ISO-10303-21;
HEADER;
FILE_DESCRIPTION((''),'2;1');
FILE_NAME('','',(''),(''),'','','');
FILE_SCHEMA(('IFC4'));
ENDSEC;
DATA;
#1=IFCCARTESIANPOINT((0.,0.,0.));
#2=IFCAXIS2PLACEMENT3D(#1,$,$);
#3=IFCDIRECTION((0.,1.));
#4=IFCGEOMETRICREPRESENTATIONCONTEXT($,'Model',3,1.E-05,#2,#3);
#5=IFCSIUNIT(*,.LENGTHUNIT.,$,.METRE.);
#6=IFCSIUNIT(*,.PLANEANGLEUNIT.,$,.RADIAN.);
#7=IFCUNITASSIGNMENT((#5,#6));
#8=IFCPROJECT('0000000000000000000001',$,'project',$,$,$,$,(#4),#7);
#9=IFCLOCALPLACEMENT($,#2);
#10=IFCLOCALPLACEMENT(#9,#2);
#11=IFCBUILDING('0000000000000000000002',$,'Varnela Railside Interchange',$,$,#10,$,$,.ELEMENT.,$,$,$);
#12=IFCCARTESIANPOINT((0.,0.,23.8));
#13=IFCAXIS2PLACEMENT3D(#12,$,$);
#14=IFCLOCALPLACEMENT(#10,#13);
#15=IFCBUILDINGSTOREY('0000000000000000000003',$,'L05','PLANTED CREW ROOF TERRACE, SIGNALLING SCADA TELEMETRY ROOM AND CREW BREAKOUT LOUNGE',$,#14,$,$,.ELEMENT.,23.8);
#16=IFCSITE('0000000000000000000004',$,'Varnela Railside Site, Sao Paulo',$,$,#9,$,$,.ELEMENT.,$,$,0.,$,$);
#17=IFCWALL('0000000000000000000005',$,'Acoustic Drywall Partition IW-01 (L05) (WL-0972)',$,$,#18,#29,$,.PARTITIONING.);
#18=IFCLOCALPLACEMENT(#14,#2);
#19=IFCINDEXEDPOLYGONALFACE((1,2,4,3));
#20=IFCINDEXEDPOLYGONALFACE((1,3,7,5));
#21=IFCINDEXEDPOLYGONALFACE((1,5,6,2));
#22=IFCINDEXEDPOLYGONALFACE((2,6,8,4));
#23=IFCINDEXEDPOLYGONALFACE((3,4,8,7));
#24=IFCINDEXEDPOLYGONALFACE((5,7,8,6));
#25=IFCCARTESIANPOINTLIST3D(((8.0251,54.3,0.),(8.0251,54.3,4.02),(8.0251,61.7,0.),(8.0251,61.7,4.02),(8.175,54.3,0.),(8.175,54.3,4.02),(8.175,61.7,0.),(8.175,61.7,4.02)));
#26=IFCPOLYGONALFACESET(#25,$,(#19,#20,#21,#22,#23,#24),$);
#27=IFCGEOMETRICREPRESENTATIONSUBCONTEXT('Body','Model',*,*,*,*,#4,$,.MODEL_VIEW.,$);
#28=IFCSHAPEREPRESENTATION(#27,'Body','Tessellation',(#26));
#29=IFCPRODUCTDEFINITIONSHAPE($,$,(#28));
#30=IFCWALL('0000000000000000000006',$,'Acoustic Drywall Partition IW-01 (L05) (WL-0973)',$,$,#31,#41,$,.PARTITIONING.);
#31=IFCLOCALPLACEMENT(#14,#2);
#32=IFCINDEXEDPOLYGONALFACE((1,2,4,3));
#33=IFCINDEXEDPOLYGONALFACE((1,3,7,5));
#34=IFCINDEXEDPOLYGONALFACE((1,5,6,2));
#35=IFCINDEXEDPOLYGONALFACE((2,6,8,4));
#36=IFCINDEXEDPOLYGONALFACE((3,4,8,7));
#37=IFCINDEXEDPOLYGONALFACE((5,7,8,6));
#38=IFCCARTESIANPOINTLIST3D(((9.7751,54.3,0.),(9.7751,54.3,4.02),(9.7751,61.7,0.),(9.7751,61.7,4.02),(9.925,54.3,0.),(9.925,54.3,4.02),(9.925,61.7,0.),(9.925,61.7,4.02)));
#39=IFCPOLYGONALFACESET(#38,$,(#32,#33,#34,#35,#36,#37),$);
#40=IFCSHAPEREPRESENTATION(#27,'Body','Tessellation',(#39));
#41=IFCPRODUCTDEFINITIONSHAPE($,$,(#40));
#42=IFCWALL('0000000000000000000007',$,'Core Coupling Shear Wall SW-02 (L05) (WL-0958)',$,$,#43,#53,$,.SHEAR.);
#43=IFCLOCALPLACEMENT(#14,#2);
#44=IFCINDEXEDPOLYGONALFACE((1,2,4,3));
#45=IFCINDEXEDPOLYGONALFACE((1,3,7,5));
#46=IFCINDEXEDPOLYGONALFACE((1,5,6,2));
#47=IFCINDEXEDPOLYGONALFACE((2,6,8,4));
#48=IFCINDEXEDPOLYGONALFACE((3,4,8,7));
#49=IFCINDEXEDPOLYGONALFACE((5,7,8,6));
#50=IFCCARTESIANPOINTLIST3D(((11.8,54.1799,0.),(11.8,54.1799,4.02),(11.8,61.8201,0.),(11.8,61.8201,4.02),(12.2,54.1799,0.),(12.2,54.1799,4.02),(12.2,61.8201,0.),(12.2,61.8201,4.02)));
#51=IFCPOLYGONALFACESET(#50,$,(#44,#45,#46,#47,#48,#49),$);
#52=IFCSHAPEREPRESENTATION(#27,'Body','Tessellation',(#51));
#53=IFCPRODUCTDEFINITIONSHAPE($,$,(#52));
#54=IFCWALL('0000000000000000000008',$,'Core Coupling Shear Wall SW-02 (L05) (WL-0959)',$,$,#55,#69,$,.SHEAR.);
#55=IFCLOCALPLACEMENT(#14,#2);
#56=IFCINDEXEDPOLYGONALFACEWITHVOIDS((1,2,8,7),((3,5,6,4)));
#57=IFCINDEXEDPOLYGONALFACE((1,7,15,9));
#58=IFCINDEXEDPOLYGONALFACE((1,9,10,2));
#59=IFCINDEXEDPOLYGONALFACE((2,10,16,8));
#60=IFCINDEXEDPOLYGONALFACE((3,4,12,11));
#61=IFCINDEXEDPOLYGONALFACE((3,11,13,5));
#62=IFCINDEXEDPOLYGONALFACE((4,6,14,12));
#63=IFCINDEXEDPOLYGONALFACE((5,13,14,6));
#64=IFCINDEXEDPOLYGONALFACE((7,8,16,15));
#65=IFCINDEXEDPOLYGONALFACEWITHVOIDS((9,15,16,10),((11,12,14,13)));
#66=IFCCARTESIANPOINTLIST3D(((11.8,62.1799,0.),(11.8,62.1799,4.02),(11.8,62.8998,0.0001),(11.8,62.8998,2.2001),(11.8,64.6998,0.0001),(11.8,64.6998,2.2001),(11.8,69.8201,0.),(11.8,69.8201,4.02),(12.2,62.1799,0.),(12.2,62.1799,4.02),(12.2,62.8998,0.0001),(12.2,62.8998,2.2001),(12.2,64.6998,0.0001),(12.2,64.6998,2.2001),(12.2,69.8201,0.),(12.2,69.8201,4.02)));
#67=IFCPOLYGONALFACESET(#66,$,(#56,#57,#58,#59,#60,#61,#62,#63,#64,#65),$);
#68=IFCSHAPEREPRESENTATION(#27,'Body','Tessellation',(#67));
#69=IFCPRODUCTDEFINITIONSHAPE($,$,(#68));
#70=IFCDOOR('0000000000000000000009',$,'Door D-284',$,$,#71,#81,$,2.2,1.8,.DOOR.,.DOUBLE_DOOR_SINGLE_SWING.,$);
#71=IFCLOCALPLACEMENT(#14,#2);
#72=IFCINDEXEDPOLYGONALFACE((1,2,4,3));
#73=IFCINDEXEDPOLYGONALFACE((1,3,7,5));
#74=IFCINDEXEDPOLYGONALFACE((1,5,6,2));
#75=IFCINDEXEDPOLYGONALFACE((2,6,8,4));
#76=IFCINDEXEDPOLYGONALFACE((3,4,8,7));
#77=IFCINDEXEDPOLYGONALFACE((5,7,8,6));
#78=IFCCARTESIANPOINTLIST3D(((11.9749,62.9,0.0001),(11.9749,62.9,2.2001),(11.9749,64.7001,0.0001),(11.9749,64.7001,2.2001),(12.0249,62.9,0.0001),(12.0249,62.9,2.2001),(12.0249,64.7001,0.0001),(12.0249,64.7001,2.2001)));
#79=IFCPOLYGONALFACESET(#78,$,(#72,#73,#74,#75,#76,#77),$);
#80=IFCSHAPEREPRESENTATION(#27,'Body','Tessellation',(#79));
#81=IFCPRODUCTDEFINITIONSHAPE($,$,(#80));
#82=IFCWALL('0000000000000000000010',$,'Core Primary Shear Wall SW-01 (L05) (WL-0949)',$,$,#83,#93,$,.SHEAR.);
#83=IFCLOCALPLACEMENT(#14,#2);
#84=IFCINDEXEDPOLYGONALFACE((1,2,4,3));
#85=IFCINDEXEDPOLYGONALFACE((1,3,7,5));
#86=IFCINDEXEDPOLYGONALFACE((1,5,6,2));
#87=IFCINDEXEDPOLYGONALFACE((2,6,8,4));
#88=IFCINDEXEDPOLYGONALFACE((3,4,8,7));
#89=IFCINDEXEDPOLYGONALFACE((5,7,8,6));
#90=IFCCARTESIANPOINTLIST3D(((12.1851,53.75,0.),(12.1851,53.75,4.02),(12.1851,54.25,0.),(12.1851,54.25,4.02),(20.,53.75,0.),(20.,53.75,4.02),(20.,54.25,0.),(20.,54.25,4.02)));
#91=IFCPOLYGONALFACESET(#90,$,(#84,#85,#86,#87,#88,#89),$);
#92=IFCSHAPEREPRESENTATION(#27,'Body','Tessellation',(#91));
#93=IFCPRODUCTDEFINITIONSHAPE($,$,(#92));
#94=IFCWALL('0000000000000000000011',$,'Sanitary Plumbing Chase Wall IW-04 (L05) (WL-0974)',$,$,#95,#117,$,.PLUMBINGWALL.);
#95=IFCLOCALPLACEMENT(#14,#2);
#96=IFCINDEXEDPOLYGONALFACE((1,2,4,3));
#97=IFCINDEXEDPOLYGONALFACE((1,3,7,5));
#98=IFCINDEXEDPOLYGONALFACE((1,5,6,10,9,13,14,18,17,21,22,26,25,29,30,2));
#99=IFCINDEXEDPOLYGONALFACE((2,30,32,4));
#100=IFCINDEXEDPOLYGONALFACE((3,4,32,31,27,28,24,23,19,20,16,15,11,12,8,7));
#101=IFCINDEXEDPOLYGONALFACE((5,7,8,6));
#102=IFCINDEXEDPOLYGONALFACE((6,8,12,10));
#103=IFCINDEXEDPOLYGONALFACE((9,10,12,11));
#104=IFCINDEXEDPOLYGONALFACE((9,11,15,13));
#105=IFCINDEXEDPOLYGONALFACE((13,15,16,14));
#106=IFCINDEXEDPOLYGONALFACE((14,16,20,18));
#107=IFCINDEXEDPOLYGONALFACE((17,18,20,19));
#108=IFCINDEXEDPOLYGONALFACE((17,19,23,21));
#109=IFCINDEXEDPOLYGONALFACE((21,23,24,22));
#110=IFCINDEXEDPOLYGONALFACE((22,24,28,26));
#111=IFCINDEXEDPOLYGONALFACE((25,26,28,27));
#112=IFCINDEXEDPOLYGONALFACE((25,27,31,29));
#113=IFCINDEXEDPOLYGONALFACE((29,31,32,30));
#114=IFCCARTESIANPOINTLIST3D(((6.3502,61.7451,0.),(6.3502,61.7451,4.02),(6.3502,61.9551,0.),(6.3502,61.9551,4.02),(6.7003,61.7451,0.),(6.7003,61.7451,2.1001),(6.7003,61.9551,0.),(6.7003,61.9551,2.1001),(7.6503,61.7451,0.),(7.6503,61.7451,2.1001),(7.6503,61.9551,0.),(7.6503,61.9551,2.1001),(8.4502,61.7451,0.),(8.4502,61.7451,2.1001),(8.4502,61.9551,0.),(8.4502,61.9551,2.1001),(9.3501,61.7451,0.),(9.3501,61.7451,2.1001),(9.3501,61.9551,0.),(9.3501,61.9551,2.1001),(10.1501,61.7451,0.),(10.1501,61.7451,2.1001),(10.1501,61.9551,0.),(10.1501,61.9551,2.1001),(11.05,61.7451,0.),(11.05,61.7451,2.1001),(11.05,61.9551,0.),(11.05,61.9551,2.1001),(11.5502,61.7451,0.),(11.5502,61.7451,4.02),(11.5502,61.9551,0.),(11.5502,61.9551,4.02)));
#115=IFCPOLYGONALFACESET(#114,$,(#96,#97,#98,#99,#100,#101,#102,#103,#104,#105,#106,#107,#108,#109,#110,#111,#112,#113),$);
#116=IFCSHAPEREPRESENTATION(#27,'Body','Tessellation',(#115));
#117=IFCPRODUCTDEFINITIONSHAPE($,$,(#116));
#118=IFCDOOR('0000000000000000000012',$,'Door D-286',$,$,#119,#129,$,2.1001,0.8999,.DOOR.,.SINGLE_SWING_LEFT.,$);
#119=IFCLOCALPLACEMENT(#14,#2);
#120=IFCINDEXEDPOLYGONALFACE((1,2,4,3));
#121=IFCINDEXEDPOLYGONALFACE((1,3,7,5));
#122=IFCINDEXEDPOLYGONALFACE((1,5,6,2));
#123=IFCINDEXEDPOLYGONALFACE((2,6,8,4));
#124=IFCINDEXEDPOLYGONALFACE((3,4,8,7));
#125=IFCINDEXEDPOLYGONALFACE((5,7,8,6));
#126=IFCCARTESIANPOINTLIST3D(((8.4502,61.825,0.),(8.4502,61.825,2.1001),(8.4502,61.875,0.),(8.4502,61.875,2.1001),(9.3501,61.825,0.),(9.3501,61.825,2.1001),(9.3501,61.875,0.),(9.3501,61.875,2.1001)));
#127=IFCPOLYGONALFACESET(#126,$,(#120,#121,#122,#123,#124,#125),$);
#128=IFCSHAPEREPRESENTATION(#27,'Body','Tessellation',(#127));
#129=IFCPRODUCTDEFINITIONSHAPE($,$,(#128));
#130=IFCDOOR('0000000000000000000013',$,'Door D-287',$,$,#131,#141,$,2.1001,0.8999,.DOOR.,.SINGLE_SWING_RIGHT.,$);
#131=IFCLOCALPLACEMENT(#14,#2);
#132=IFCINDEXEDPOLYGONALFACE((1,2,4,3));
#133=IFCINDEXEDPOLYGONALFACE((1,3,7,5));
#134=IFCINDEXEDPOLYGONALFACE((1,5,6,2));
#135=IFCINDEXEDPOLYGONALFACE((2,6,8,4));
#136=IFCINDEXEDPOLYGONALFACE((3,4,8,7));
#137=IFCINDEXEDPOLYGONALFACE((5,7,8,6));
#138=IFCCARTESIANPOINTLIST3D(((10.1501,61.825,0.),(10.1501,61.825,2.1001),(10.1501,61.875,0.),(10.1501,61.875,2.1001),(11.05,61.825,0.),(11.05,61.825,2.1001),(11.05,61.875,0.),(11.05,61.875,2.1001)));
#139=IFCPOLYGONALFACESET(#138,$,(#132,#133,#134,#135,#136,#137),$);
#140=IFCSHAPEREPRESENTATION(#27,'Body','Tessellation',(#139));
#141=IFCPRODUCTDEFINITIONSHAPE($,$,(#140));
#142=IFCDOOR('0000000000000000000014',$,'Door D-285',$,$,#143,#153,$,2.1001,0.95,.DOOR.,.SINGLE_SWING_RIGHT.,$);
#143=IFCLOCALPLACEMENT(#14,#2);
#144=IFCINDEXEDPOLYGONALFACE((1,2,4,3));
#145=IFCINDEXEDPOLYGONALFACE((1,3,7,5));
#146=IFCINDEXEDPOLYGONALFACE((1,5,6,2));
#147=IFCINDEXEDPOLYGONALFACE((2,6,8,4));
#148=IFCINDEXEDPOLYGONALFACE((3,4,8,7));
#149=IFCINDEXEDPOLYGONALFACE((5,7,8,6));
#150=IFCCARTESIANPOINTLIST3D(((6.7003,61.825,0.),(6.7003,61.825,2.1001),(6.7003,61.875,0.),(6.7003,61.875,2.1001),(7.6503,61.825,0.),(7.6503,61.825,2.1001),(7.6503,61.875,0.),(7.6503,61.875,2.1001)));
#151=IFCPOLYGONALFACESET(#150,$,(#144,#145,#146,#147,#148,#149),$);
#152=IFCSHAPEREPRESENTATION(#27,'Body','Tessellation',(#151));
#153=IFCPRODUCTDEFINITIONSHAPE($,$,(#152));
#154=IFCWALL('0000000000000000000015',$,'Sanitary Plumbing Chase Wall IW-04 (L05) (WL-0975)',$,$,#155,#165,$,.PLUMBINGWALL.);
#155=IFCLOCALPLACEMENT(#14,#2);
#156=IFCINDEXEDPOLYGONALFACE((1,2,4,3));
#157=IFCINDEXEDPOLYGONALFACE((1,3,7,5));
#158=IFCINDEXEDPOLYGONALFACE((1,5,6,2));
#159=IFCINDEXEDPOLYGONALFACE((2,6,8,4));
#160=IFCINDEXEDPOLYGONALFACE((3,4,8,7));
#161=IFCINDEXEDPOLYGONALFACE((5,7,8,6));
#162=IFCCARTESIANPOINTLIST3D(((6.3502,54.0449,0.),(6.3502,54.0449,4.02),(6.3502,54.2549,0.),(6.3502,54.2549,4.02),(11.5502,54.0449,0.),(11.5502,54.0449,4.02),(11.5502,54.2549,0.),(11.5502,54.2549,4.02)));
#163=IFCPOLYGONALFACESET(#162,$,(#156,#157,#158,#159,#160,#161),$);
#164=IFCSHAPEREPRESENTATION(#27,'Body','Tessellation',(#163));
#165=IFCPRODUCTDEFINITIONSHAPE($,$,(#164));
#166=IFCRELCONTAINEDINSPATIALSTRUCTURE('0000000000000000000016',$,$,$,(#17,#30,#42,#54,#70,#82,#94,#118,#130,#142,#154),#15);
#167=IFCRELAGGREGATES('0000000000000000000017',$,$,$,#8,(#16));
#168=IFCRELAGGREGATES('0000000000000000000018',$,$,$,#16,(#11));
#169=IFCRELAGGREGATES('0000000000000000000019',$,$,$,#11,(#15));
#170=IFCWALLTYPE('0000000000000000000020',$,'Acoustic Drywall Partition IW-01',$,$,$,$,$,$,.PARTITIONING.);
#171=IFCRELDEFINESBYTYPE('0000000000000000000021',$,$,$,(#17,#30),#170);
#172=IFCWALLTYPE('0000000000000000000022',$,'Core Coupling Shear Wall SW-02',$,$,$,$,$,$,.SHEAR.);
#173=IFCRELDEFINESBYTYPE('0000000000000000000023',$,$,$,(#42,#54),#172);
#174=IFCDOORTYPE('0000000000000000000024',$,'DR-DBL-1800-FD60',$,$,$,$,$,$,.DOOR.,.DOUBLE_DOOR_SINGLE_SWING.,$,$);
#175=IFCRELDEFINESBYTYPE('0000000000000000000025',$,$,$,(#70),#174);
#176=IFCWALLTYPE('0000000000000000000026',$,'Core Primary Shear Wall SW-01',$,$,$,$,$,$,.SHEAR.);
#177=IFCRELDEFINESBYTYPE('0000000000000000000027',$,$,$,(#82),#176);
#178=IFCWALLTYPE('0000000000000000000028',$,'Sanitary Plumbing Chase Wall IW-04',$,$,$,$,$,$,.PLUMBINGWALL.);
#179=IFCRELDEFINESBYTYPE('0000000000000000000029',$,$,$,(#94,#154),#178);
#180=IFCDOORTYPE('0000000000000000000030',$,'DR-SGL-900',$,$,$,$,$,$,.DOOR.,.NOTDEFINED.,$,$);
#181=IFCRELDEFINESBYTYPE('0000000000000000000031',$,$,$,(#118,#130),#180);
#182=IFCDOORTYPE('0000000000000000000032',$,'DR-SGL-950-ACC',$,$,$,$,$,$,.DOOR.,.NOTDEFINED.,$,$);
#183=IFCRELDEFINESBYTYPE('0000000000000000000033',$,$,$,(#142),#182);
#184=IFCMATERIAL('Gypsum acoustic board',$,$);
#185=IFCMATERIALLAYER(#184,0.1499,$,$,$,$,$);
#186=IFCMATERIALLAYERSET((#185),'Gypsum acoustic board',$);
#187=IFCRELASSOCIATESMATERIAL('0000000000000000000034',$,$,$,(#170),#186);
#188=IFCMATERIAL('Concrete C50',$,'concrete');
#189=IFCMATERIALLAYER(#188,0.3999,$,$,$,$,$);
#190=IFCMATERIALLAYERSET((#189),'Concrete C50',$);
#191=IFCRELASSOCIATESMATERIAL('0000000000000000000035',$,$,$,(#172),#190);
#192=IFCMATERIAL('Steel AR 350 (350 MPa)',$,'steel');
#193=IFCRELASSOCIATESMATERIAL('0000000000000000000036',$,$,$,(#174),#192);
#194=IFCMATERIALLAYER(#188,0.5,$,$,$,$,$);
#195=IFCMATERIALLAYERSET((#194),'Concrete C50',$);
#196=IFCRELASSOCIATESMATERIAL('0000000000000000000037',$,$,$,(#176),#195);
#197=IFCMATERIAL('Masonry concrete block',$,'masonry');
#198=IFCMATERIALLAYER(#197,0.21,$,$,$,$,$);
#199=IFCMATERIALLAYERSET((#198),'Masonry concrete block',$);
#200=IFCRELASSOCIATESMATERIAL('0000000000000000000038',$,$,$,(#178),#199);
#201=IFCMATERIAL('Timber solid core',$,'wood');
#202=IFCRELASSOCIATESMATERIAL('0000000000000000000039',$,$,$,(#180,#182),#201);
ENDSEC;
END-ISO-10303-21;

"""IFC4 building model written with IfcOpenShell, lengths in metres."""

from ifc_helpers import new_model, si_unit, direction, frame, frame_2d, origin, place, context, subcontext, project, spatial, rectangle, extrude, material, layer, layer_set, type_object, element, fill, save


model = new_model("IFC4")

# Units and contexts
model_context = context("Model", 3, precision=1e-05, world=origin(), true_north=direction((0.0, 1.0)))
body_context = subcontext(model_context, "Body", "Model", "MODEL_VIEW")
ifc_project = project(units=[si_unit("LENGTHUNIT", "METRE"), si_unit("PLANEANGLEUNIT", "RADIAN")], contexts=[model_context])

# Site, building, storey
site_placement = place(None, origin())
site = spatial("IfcSite", under=ifc_project, at=site_placement, Name="Varnela Railside Site, Sao Paulo", CompositionType="ELEMENT", RefElevation=0.0)
building_placement = place(site_placement, origin())
building = spatial("IfcBuilding", under=site, at=building_placement, Name="Varnela Railside Interchange", CompositionType="ELEMENT")
storey_placement = place(building_placement, frame((0.0, 0.0, 23.8)))
storey = spatial("IfcBuildingStorey", under=building, at=storey_placement, Name="L05", Description="PLANTED CREW ROOF TERRACE, SIGNALLING SCADA TELEMETRY ROOM AND CREW BREAKOUT LOUNGE", CompositionType="ELEMENT", Elevation=23.8)

# Shared definitions
ifc_material_1 = material(Name="Steel AR 350 (350 MPa)", Category="steel")

# Walls
ifc_material_2 = material(Name="Gypsum acoustic board")
ifc_layer_1 = layer(ifc_material_2, 0.1499)
ifc_layer_set_1 = layer_set([ifc_layer_1], Name="Gypsum acoustic board")
wall_type_1 = type_object("IfcWallType", Name="Acoustic Drywall Partition IW-01", PredefinedType="PARTITIONING", material=ifc_layer_set_1)
for number, where, z_axis, x_axis, name in (
    (1, (8.1001, 54.3, 0.0), (0.0, 0.0, 1.0), (0.0, 1.0, 0.0), "Acoustic Drywall Partition IW-01 (L05) (WL-0972)"),
    (2, (9.8501, 54.3, 0.0), (0.0, 0.0, 1.0), (0.0, 1.0, 0.0), "Acoustic Drywall Partition IW-01 (L05) (WL-0973)"),
):
    element("IfcWall", number, at=place(storey_placement, frame(where, z_axis=z_axis, x_axis=x_axis)), inside=storey, type_object=wall_type_1, Name=name, PredefinedType="PARTITIONING", context=body_context, shape_type="SweptSolid", body=[
        extrude(rectangle(XDim=7.3999, YDim=0.1499, at=frame_2d((3.7, 0.0))), origin(), (0.0, 0.0, 1.0), 4.02),
    ])
ifc_material_3 = material(Name="Concrete C50", Category="concrete")
ifc_layer_2 = layer(ifc_material_3, 0.3999)
ifc_layer_set_2 = layer_set([ifc_layer_2], Name="Concrete C50")
wall_type_2 = type_object("IfcWallType", Name="Core Coupling Shear Wall SW-02", PredefinedType="SHEAR", material=ifc_layer_set_2)
wall_1_placement = place(storey_placement, frame((12.0, 54.1799, 0.0), z_axis=(0.0, 0.0, 1.0), x_axis=(0.0, 1.0, 0.0)))
element("IfcWall", 3, at=wall_1_placement, inside=storey, type_object=wall_type_2, Name="Core Coupling Shear Wall SW-02 (L05) (WL-0958)", PredefinedType="SHEAR", context=body_context, shape_type="SweptSolid", body=[
    extrude(rectangle(XDim=7.6401, YDim=0.3999, at=frame_2d((3.8201, 0.0))), origin(), (0.0, 0.0, 1.0), 4.02),
])

# Wall, opening, door
wall_2_placement = place(storey_placement, frame((12.0, 62.1799, 0.0), z_axis=(0.0, 0.0, 1.0), x_axis=(0.0, 1.0, 0.0)))
wall_2 = element("IfcWall", 4, at=wall_2_placement, inside=storey, type_object=wall_type_2, Name="Core Coupling Shear Wall SW-02 (L05) (WL-0959)", PredefinedType="SHEAR", context=body_context, shape_type="SweptSolid", body=[
    extrude(rectangle(XDim=7.6401, YDim=0.3999, at=frame_2d((3.8201, 0.0))), origin(), (0.0, 0.0, 1.0), 4.02),
])
opening_1_placement = place(wall_2_placement, frame((0.72, 0.0, 0.0)))
opening_1 = element("IfcOpeningElement", 5, at=opening_1_placement, cuts=wall_2, PredefinedType="OPENING", context=body_context, shape_type="SweptSolid", body=[
    extrude(rectangle(XDim=1.8, YDim=2.2, at=frame_2d((0.8999, 1.1001))), frame((0.0, 0.21, 0.0), z_axis=(0.0, -1.0, 0.0), x_axis=(1.0, 0.0, 0.0)), (0.0, 0.0, 1.0), 0.4199),
])
door_type_1 = type_object("IfcDoorType", Name="DR-DBL-1800-FD60", OperationType="DOUBLE_DOOR_SINGLE_SWING", PredefinedType="DOOR", material=ifc_material_1)
door_1_placement = place(opening_1_placement, frame((1.8, 0.0, 0.0), z_axis=(0.0, 0.0, 1.0), x_axis=(-1.0, 0.0, 0.0)))
door_1 = element("IfcDoor", 6, at=door_1_placement, inside=storey, type_object=door_type_1, Name="Door D-284", OperationType="DOUBLE_DOOR_SINGLE_SWING", OverallHeight=2.2, OverallWidth=1.8, PredefinedType="DOOR", context=body_context, shape_type="SweptSolid", body=[
    extrude(rectangle(XDim=1.8, YDim=2.2, at=frame_2d((0.8999, 1.1001))), frame((0.0, 0.0249, 0.0), z_axis=(0.0, -1.0, 0.0), x_axis=(1.0, 0.0, 0.0)), (0.0, 0.0, 1.0), 0.05),
])
fill(opening_1, door_1)

# Wall
ifc_layer_3 = layer(ifc_material_3, 0.5)
ifc_layer_set_3 = layer_set([ifc_layer_3], Name="Concrete C50")
wall_type_3 = type_object("IfcWallType", Name="Core Primary Shear Wall SW-01", PredefinedType="SHEAR", material=ifc_layer_set_3)
wall_3_placement = place(storey_placement, frame((12.1851, 54.0, 0.0), z_axis=(0.0, 0.0, 1.0), x_axis=(1.0, 0.0, 0.0)))
element("IfcWall", 7, at=wall_3_placement, inside=storey, type_object=wall_type_3, Name="Core Primary Shear Wall SW-01 (L05) (WL-0949)", PredefinedType="SHEAR", context=body_context, shape_type="SweptSolid", body=[
    extrude(rectangle(XDim=7.8149, YDim=0.5, at=frame_2d((3.9075, 0.0))), origin(), (0.0, 0.0, 1.0), 4.02),
])

# Wall, openings, doors
ifc_material_4 = material(Name="Masonry concrete block", Category="masonry")
ifc_layer_4 = layer(ifc_material_4, 0.21)
ifc_layer_set_4 = layer_set([ifc_layer_4], Name="Masonry concrete block")
wall_type_4 = type_object("IfcWallType", Name="Sanitary Plumbing Chase Wall IW-04", PredefinedType="PLUMBINGWALL", material=ifc_layer_set_4)
wall_4_placement = place(storey_placement, frame((6.3501, 61.8501, 0.0), z_axis=(0.0, 0.0, 1.0), x_axis=(1.0, 0.0, 0.0)))
wall_4 = element("IfcWall", 8, at=wall_4_placement, inside=storey, type_object=wall_type_4, Name="Sanitary Plumbing Chase Wall IW-04 (L05) (WL-0974)", PredefinedType="PLUMBINGWALL", context=body_context, shape_type="SweptSolid", body=[
    extrude(rectangle(XDim=5.2, YDim=0.21, at=frame_2d((2.6001, 0.0))), origin(), (0.0, 0.0, 1.0), 4.02),
])
opening_2_placement = place(wall_4_placement, frame((0.3501, 0.0, 0.0)))
opening_2 = element("IfcOpeningElement", 9, at=opening_2_placement, cuts=wall_4, PredefinedType="OPENING", context=body_context, shape_type="SweptSolid", body=[
    extrude(rectangle(XDim=0.95, YDim=2.1001, at=frame_2d((0.4751, 1.05))), frame((0.0, 0.115, 0.0), z_axis=(0.0, -1.0, 0.0), x_axis=(1.0, 0.0, 0.0)), (0.0, 0.0, 1.0), 0.23),
])
opening_3_placement = place(wall_4_placement, frame((2.1001, 0.0, 0.0)))
opening_3 = element("IfcOpeningElement", 10, at=opening_3_placement, cuts=wall_4, PredefinedType="OPENING", context=body_context, shape_type="SweptSolid", body=[
    extrude(rectangle(XDim=0.8999, YDim=2.1001, at=frame_2d((0.45, 1.05))), frame((0.0, 0.115, 0.0), z_axis=(0.0, -1.0, 0.0), x_axis=(1.0, 0.0, 0.0)), (0.0, 0.0, 1.0), 0.23),
])
opening_4_placement = place(wall_4_placement, frame((3.8, 0.0, 0.0)))
opening_4 = element("IfcOpeningElement", 11, at=opening_4_placement, cuts=wall_4, PredefinedType="OPENING", context=body_context, shape_type="SweptSolid", body=[
    extrude(rectangle(XDim=0.8999, YDim=2.1001, at=frame_2d((0.45, 1.05))), frame((0.0, 0.115, 0.0), z_axis=(0.0, -1.0, 0.0), x_axis=(1.0, 0.0, 0.0)), (0.0, 0.0, 1.0), 0.23),
])
ifc_material_5 = material(Name="Timber solid core", Category="wood")
door_type_2 = type_object("IfcDoorType", Name="DR-SGL-900", OperationType="NOTDEFINED", PredefinedType="DOOR", material=ifc_material_5)
door_2_placement = place(opening_3_placement, origin())
door_2 = element("IfcDoor", 12, at=door_2_placement, inside=storey, type_object=door_type_2, Name="Door D-286", OperationType="SINGLE_SWING_LEFT", OverallHeight=2.1001, OverallWidth=0.8999, PredefinedType="DOOR", context=body_context, shape_type="SweptSolid", body=[
    extrude(rectangle(XDim=0.8999, YDim=2.1001, at=frame_2d((0.45, 1.05))), frame((0.0, 0.0249, 0.0), z_axis=(0.0, -1.0, 0.0), x_axis=(1.0, 0.0, 0.0)), (0.0, 0.0, 1.0), 0.05),
])
fill(opening_3, door_2)
door_3_placement = place(opening_4_placement, origin())
door_3 = element("IfcDoor", 13, at=door_3_placement, inside=storey, type_object=door_type_2, Name="Door D-287", OperationType="SINGLE_SWING_RIGHT", OverallHeight=2.1001, OverallWidth=0.8999, PredefinedType="DOOR", context=body_context, shape_type="SweptSolid", body=[
    extrude(rectangle(XDim=0.8999, YDim=2.1001, at=frame_2d((0.45, 1.05))), frame((0.0, 0.0249, 0.0), z_axis=(0.0, -1.0, 0.0), x_axis=(1.0, 0.0, 0.0)), (0.0, 0.0, 1.0), 0.05),
])
fill(opening_4, door_3)
door_type_3 = type_object("IfcDoorType", Name="DR-SGL-950-ACC", OperationType="NOTDEFINED", PredefinedType="DOOR", material=ifc_material_5)
door_4_placement = place(opening_2_placement, origin())
door_4 = element("IfcDoor", 14, at=door_4_placement, inside=storey, type_object=door_type_3, Name="Door D-285", OperationType="SINGLE_SWING_RIGHT", OverallHeight=2.1001, OverallWidth=0.95, PredefinedType="DOOR", context=body_context, shape_type="SweptSolid", body=[
    extrude(rectangle(XDim=0.95, YDim=2.1001, at=frame_2d((0.4751, 1.05))), frame((0.0, 0.0249, 0.0), z_axis=(0.0, -1.0, 0.0), x_axis=(1.0, 0.0, 0.0)), (0.0, 0.0, 1.0), 0.05),
])
fill(opening_2, door_4)

# Wall
wall_5_placement = place(storey_placement, frame((6.3501, 54.1499, 0.0), z_axis=(0.0, 0.0, 1.0), x_axis=(1.0, 0.0, 0.0)))
element("IfcWall", 15, at=wall_5_placement, inside=storey, type_object=wall_type_4, Name="Sanitary Plumbing Chase Wall IW-04 (L05) (WL-0975)", PredefinedType="PLUMBINGWALL", context=body_context, shape_type="SweptSolid", body=[
    extrude(rectangle(XDim=5.2, YDim=0.21, at=frame_2d((2.6001, 0.0))), origin(), (0.0, 0.0, 1.0), 4.02),
])

save(model, "model.ifc")
